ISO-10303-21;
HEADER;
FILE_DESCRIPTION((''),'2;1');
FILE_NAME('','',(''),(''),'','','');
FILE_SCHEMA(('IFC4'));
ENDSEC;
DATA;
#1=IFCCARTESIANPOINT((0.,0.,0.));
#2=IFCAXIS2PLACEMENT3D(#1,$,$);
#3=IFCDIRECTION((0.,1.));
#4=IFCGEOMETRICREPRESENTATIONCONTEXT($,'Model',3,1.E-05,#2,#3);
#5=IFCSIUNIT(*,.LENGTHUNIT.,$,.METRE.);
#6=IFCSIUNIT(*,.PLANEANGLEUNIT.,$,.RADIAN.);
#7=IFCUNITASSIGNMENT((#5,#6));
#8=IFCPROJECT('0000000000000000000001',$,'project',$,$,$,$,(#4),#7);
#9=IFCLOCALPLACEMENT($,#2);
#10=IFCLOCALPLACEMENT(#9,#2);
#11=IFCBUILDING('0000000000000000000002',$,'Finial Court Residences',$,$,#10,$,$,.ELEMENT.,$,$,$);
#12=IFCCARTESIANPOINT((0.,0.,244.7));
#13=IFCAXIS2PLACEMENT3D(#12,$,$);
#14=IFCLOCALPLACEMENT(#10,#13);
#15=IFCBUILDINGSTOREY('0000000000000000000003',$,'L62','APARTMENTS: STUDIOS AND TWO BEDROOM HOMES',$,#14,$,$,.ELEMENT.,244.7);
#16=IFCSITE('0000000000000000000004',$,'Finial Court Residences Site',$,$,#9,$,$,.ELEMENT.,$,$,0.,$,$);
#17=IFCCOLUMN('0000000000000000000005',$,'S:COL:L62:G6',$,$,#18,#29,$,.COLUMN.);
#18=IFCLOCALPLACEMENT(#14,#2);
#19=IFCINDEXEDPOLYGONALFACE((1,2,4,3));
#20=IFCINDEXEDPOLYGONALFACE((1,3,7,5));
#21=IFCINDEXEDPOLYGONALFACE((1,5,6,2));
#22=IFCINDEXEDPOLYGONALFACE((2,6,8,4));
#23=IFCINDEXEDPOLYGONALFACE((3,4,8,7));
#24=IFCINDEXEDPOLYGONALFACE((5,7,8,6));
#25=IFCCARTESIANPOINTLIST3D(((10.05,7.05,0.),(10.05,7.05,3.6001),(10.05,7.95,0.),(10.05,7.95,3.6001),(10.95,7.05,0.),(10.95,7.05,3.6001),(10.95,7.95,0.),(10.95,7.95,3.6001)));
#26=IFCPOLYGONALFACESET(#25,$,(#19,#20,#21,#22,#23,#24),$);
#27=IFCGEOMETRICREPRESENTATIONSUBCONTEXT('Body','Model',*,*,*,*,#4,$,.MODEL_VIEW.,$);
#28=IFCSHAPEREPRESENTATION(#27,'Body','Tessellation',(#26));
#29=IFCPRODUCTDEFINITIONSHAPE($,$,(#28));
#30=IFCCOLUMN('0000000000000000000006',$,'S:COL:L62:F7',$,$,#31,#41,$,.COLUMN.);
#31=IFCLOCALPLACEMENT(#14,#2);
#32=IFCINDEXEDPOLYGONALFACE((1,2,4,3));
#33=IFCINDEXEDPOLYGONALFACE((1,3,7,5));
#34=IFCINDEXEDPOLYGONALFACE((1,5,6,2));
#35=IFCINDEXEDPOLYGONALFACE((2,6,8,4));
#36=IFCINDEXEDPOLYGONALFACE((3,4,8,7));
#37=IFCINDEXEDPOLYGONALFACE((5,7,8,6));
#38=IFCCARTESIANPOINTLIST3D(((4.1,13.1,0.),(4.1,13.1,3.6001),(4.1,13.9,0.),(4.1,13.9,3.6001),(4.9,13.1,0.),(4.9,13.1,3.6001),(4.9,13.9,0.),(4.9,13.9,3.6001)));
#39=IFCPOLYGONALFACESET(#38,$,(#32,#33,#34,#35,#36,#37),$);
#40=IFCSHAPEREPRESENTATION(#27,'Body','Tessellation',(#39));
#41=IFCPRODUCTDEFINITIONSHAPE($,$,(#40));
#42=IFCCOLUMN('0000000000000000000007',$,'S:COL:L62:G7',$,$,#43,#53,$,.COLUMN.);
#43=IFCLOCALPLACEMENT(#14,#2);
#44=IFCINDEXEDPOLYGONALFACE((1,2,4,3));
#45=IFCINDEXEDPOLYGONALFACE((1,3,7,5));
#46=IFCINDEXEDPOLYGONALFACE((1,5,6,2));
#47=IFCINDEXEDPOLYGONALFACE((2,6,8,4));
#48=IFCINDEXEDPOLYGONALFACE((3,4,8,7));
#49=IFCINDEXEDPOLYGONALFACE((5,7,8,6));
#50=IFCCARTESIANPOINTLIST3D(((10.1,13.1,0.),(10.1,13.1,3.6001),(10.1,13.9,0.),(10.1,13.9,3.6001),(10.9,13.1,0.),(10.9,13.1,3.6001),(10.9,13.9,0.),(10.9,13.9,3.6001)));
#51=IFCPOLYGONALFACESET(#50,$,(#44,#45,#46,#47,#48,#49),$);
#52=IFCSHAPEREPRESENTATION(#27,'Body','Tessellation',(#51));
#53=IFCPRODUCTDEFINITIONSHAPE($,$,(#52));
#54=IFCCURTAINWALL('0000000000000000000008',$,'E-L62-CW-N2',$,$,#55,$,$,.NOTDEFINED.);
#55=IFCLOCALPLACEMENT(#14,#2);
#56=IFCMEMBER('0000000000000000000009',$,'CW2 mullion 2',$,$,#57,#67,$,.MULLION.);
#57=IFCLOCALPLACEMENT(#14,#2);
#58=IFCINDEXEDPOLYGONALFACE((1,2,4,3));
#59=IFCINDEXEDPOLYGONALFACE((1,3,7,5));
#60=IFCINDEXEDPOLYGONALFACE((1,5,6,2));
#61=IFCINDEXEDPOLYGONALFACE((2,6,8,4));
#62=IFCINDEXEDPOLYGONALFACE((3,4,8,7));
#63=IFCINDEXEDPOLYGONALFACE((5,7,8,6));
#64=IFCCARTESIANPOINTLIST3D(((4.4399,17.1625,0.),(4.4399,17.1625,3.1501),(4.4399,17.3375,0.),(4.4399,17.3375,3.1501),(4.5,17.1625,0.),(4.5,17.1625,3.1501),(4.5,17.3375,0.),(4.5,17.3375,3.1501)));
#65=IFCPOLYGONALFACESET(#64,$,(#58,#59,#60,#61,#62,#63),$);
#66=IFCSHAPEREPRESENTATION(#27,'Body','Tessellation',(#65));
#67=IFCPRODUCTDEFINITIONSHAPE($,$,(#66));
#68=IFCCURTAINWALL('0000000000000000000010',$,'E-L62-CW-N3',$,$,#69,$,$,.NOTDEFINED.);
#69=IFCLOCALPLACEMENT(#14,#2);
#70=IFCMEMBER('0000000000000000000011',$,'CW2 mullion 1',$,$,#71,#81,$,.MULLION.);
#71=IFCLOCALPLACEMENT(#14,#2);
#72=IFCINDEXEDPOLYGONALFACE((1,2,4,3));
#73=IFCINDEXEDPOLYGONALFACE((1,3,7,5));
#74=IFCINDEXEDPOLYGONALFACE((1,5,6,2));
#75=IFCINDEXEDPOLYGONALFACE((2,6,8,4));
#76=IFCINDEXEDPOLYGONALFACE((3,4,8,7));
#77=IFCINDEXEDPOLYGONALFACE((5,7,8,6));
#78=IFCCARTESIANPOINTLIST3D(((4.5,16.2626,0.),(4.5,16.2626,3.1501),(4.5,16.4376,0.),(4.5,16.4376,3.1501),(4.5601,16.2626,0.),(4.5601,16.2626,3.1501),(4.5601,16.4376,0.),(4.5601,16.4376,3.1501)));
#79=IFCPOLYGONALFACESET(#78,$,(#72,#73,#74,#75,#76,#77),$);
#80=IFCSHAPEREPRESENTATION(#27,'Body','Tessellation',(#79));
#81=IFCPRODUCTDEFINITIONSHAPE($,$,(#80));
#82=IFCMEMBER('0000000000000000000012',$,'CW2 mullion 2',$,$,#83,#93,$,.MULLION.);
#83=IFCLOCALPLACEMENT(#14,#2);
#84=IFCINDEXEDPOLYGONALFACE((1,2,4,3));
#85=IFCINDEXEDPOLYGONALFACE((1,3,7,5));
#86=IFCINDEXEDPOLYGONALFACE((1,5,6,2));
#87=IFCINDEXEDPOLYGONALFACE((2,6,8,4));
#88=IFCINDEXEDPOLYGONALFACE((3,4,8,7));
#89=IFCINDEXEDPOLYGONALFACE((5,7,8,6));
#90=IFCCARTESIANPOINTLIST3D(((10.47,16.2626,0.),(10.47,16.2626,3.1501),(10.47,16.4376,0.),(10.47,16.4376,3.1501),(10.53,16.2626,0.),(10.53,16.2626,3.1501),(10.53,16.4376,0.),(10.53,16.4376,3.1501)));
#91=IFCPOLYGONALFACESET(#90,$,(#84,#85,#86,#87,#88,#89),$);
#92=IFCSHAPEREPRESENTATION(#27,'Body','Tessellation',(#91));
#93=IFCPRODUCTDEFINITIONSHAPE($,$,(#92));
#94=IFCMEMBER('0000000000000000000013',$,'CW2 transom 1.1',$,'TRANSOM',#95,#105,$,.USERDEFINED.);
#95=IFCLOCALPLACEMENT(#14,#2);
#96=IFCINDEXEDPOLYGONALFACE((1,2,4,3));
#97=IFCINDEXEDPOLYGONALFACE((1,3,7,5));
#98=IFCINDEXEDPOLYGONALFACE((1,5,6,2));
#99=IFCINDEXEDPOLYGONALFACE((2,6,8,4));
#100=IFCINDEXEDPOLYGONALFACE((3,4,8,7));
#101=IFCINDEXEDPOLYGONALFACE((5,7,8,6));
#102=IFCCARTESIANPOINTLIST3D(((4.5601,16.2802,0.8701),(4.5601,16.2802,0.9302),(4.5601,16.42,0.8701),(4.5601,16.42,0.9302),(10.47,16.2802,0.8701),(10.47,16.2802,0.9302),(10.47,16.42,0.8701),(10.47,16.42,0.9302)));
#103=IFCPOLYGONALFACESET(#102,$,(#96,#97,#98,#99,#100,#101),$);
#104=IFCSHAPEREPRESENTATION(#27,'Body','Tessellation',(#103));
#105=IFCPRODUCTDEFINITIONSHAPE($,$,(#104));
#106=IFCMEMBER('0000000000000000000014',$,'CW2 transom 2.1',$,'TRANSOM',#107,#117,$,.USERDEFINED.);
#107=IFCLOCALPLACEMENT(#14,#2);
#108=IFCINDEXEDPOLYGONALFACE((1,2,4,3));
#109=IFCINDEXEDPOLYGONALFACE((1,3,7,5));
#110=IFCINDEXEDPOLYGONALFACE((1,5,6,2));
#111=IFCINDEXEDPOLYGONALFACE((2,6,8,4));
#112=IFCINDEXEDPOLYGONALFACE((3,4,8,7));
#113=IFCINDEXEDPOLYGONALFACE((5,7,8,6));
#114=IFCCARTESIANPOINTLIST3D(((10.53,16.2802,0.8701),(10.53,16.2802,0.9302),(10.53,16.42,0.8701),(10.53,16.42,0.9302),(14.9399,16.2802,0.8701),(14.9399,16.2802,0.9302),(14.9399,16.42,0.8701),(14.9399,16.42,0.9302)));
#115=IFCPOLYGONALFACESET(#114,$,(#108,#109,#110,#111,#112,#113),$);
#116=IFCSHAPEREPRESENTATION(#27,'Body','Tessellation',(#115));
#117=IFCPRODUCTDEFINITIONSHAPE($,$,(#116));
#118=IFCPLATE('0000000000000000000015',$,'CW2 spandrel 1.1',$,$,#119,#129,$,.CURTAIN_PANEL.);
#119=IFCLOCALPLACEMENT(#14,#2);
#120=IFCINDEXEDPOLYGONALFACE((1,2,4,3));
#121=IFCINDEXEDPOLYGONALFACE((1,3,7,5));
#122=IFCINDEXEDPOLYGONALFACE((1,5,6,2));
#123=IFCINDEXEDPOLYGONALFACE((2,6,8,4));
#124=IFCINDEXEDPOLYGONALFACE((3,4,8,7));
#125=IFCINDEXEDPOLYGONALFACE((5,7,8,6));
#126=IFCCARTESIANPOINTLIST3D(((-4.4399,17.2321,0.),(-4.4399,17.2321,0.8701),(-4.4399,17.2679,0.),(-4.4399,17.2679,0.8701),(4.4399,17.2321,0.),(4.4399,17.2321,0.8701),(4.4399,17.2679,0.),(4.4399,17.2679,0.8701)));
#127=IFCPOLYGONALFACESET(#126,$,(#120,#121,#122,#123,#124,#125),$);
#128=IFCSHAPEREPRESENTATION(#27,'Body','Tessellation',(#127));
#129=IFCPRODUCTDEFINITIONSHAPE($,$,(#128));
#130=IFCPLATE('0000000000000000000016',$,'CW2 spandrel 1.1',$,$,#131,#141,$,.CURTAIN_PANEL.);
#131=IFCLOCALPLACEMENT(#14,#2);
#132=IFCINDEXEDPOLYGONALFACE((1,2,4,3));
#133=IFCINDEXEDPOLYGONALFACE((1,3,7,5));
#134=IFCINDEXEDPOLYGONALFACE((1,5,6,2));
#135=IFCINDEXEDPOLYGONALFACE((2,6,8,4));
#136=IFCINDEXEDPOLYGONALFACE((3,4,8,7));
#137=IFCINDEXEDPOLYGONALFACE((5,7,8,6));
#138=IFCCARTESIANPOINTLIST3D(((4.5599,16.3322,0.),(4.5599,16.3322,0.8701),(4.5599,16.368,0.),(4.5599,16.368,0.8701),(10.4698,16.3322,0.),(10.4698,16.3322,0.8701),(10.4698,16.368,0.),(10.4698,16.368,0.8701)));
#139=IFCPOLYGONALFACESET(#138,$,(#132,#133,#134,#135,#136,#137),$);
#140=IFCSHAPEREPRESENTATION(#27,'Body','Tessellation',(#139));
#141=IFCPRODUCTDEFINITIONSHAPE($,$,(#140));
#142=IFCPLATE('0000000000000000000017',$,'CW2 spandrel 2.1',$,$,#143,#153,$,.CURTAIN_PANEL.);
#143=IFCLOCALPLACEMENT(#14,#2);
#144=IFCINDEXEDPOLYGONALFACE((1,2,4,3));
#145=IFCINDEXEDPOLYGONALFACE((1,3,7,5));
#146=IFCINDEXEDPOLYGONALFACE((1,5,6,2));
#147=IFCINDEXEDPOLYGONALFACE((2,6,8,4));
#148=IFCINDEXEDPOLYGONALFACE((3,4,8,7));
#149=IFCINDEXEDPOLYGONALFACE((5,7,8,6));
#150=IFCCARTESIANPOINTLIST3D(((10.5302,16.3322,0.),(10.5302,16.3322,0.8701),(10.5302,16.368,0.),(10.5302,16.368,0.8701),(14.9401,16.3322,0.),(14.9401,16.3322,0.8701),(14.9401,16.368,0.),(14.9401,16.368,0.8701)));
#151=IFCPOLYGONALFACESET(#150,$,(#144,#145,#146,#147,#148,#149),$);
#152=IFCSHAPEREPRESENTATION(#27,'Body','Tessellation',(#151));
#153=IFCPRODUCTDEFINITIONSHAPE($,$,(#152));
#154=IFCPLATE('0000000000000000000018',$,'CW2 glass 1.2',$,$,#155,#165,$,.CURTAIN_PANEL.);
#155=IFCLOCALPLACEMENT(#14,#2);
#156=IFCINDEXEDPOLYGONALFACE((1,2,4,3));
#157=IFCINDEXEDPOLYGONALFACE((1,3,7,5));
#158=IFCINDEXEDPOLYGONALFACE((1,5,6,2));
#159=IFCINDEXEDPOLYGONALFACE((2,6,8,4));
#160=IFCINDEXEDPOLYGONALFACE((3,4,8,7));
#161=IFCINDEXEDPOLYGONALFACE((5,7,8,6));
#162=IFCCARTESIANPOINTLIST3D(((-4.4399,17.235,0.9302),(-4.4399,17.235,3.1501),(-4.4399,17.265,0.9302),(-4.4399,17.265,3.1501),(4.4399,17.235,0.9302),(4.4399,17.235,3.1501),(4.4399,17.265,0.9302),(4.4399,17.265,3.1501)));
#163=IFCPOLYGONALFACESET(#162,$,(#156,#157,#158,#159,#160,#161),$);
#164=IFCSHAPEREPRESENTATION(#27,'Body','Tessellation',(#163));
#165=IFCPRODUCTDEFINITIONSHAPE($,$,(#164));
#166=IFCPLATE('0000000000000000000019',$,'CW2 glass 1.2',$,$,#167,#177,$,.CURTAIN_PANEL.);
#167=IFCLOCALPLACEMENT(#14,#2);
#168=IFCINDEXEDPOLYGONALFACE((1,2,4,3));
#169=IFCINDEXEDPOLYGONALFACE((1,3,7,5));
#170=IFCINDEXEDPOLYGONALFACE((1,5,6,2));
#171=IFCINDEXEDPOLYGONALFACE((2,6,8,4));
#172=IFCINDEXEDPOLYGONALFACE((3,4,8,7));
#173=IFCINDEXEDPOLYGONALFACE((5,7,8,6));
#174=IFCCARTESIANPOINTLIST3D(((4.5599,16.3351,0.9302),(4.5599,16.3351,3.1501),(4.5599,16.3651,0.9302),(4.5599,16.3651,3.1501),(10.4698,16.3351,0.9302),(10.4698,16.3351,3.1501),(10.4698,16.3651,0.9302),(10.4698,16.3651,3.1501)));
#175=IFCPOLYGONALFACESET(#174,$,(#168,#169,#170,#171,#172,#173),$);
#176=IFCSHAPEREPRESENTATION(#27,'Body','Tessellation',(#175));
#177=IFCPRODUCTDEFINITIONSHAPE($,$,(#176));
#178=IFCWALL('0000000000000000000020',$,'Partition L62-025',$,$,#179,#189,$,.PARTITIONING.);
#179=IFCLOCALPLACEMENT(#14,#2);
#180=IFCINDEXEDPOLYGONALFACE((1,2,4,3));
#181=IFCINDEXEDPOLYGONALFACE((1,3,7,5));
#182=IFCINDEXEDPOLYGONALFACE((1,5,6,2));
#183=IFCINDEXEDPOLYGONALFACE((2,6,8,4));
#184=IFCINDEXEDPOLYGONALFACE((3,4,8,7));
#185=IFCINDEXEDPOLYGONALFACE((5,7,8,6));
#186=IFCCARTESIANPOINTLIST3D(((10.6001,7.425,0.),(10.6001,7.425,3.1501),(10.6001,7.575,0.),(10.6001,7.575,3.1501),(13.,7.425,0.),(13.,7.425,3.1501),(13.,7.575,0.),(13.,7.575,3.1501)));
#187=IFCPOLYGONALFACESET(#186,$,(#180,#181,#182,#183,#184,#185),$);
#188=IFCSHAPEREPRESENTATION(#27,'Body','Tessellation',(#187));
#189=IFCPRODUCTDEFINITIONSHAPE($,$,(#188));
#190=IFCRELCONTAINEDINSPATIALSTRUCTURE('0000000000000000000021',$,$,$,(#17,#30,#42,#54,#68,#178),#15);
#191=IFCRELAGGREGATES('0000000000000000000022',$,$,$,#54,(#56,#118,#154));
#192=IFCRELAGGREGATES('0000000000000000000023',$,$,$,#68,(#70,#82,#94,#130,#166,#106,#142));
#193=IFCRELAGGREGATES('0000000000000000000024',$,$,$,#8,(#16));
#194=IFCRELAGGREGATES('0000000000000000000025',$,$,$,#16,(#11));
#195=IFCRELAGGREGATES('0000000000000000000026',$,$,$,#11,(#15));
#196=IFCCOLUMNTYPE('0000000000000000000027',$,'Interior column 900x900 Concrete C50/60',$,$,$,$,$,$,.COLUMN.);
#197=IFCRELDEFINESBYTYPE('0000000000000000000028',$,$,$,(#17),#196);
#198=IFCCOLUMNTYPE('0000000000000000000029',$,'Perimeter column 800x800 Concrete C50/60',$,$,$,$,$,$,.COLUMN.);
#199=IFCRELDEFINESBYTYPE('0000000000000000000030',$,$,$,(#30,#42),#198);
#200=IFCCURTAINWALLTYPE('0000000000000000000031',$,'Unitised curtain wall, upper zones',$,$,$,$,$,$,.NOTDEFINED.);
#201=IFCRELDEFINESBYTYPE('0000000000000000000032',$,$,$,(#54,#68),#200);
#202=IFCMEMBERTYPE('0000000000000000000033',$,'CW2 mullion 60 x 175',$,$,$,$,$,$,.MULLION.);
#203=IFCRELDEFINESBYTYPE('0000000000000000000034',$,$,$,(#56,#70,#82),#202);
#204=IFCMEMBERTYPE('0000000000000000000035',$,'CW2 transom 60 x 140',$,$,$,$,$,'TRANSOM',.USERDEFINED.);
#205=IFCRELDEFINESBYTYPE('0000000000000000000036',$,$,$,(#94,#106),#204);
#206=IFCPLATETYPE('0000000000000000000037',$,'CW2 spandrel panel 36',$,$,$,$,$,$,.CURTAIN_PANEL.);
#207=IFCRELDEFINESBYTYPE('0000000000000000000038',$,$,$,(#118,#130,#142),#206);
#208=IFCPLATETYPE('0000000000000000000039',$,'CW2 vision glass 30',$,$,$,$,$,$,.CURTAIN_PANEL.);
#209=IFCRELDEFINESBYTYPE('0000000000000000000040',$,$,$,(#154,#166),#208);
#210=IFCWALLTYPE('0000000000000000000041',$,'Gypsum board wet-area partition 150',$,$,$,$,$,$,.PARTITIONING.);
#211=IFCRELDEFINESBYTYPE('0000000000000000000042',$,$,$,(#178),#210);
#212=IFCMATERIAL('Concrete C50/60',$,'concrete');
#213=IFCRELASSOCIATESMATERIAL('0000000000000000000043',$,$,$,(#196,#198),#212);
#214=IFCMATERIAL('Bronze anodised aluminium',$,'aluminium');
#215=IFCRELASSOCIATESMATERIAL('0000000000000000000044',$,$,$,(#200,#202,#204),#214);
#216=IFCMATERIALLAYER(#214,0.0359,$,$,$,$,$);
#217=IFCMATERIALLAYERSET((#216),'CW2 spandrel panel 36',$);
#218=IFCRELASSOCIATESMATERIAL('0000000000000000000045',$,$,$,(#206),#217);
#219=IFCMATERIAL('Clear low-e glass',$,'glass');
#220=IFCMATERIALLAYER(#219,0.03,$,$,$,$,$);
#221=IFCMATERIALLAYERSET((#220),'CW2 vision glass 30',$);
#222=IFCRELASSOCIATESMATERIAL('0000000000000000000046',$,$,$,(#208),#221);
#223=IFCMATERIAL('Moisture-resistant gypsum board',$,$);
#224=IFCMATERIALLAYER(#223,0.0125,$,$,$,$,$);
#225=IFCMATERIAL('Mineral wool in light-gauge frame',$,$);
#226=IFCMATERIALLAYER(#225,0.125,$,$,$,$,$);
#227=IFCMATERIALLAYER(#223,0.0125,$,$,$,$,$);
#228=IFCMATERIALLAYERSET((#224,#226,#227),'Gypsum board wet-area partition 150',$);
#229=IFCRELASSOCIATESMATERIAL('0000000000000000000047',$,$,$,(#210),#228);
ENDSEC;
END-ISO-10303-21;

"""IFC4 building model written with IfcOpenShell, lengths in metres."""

from ifc_helpers import new_model, si_unit, direction, frame, frame_2d, origin, origin_2d, place, context, subcontext, project, spatial, rectangle, extrude, material, layer, layer_set, material_profile, profile_set, type_object, element, aggregate, save


model = new_model("IFC4")

# Units and contexts
model_context = context("Model", 3, precision=1e-05, world=origin(), true_north=direction((0.0, 1.0)))
body_context = subcontext(model_context, "Body", "Model", "MODEL_VIEW")
ifc_project = project(units=[si_unit("LENGTHUNIT", "METRE"), si_unit("PLANEANGLEUNIT", "RADIAN")], contexts=[model_context])

# Site, building, storey
site_placement = place(None, origin())
site = spatial("IfcSite", under=ifc_project, at=site_placement, Name="Finial Court Residences Site", CompositionType="ELEMENT", RefElevation=0.0)
building_placement = place(site_placement, origin())
building = spatial("IfcBuilding", under=site, at=building_placement, Name="Finial Court Residences", CompositionType="ELEMENT")
storey_placement = place(building_placement, frame((0.0, 0.0, 244.7)))
storey = spatial("IfcBuildingStorey", under=building, at=storey_placement, Name="L62", Description="APARTMENTS: STUDIOS AND TWO BEDROOM HOMES", CompositionType="ELEMENT", Elevation=244.7)

# Columns
ifc_material_1 = material(Name="Concrete C50/60", Category="concrete")
ifc_material_profile_1 = material_profile(ifc_material_1, rectangle(XDim=0.8999, YDim=0.8999, at=origin_2d()), Name="900x900")
ifc_profile_set_1 = profile_set([ifc_material_profile_1], Name="Concrete C50/60")
column_type_1 = type_object("IfcColumnType", Name="Interior column 900x900 Concrete C50/60", PredefinedType="COLUMN", material=ifc_profile_set_1)
column_placement = place(storey_placement, frame((10.5, 7.5, 0.0), z_axis=(0.0, 0.0, 1.0), x_axis=(1.0, 0.0, 0.0)))
element("IfcColumn", 1, at=column_placement, inside=storey, type_object=column_type_1, Name="S:COL:L62:G6", PredefinedType="COLUMN", context=body_context, shape_type="SweptSolid", body=[
    extrude(rectangle(XDim=0.8999, YDim=0.8999, at=origin_2d()), origin(), (0.0, 0.0, 1.0), 3.6001),
])
ifc_material_profile_2 = material_profile(ifc_material_1, rectangle(XDim=0.8, YDim=0.8, at=origin_2d()), Name="800x800")
ifc_profile_set_2 = profile_set([ifc_material_profile_2], Name="Concrete C50/60")
column_type_2 = type_object("IfcColumnType", Name="Perimeter column 800x800 Concrete C50/60", PredefinedType="COLUMN", material=ifc_profile_set_2)
for number, where, z_axis, x_axis, name in (
    (2, (4.5, 13.5, 0.0), (0.0, 0.0, 1.0), (1.0, 0.0, 0.0), "S:COL:L62:F7"),
    (3, (10.5, 13.5, 0.0), (0.0, 0.0, 1.0), (1.0, 0.0, 0.0), "S:COL:L62:G7"),
):
    element("IfcColumn", number, at=place(storey_placement, frame(where, z_axis=z_axis, x_axis=x_axis)), inside=storey, type_object=column_type_2, Name=name, PredefinedType="COLUMN", context=body_context, shape_type="SweptSolid", body=[
        extrude(rectangle(XDim=0.8, YDim=0.8, at=origin_2d()), origin(), (0.0, 0.0, 1.0), 3.6001),
    ])

# Curtain wall, member
ifc_material_2 = material(Name="Bronze anodised aluminium", Category="aluminium")
curtain_wall_type = type_object("IfcCurtainWallType", Name="Unitised curtain wall, upper zones", PredefinedType="NOTDEFINED", material=ifc_material_2)
curtain_wall_1_placement = place(storey_placement, origin())
curtain_wall_1 = element("IfcCurtainWall", 4, at=curtain_wall_1_placement, inside=storey, type_object=curtain_wall_type, Name="E-L62-CW-N2", PredefinedType="NOTDEFINED")
ifc_material_profile_3 = material_profile(ifc_material_2, rectangle(XDim=0.175, YDim=0.0601, at=origin_2d()), Name="CW2 mullion 60 x 175")
ifc_profile_set_3 = profile_set([ifc_material_profile_3], Name="Bronze anodised aluminium")
member_type_1 = type_object("IfcMemberType", Name="CW2 mullion 60 x 175", PredefinedType="MULLION", material=ifc_profile_set_3)
member_1_placement = place(storey_placement, frame((4.47, 17.25, 0.0), z_axis=(0.0, 0.0, 1.0), x_axis=(0.0, 1.0, 0.0)))
member_1 = element("IfcMember", 5, at=member_1_placement, type_object=member_type_1, Name="CW2 mullion 2", PredefinedType="MULLION", context=body_context, shape_type="SweptSolid", body=[
    extrude(rectangle(XDim=0.175, YDim=0.0601, at=origin_2d()), origin(), (0.0, 0.0, 1.0), 3.1501),
])

# Curtain wall, members
curtain_wall_2_placement = place(storey_placement, origin())
curtain_wall_2 = element("IfcCurtainWall", 6, at=curtain_wall_2_placement, inside=storey, type_object=curtain_wall_type, Name="E-L62-CW-N3", PredefinedType="NOTDEFINED")
member_2_placement = place(storey_placement, frame((4.53, 16.3501, 0.0), z_axis=(0.0, 0.0, 1.0), x_axis=(0.0, 1.0, 0.0)))
member_2 = element("IfcMember", 7, at=member_2_placement, type_object=member_type_1, Name="CW2 mullion 1", PredefinedType="MULLION", context=body_context, shape_type="SweptSolid", body=[
    extrude(rectangle(XDim=0.175, YDim=0.0601, at=origin_2d()), origin(), (0.0, 0.0, 1.0), 3.1501),
])
member_3_placement = place(storey_placement, frame((10.5, 16.3501, 0.0), z_axis=(0.0, 0.0, 1.0), x_axis=(0.0, 1.0, 0.0)))
member_3 = element("IfcMember", 8, at=member_3_placement, type_object=member_type_1, Name="CW2 mullion 2", PredefinedType="MULLION", context=body_context, shape_type="SweptSolid", body=[
    extrude(rectangle(XDim=0.175, YDim=0.0601, at=origin_2d()), origin(), (0.0, 0.0, 1.0), 3.1501),
])
ifc_material_profile_4 = material_profile(ifc_material_2, rectangle(XDim=0.1399, YDim=0.0601, at=origin_2d()), Name="CW2 transom 60 x 140")
ifc_profile_set_4 = profile_set([ifc_material_profile_4], Name="Bronze anodised aluminium")
member_type_2 = type_object("IfcMemberType", Name="CW2 transom 60 x 140", ElementType="TRANSOM", PredefinedType="USERDEFINED", material=ifc_profile_set_4)
member_4_placement = place(storey_placement, frame((4.5601, 16.3501, 0.9001), z_axis=(1.0, 0.0, 0.0), x_axis=(0.0, 1.0, 0.0)))
member_4 = element("IfcMember", 9, at=member_4_placement, type_object=member_type_2, Name="CW2 transom 1.1", ObjectType="TRANSOM", PredefinedType="USERDEFINED", context=body_context, shape_type="SweptSolid", body=[
    extrude(rectangle(XDim=0.1399, YDim=0.0601, at=origin_2d()), origin(), (0.0, 0.0, 1.0), 5.9099),
])
member_5_placement = place(storey_placement, frame((10.53, 16.3501, 0.9001), z_axis=(1.0, 0.0, 0.0), x_axis=(0.0, 1.0, 0.0)))
member_5 = element("IfcMember", 10, at=member_5_placement, type_object=member_type_2, Name="CW2 transom 2.1", ObjectType="TRANSOM", PredefinedType="USERDEFINED", context=body_context, shape_type="SweptSolid", body=[
    extrude(rectangle(XDim=0.1399, YDim=0.0601, at=origin_2d()), origin(), (0.0, 0.0, 1.0), 4.4099),
])

# Plates
ifc_layer_1 = layer(ifc_material_2, 0.0359)
ifc_layer_set_1 = layer_set([ifc_layer_1], Name="CW2 spandrel panel 36")
plate_type_1 = type_object("IfcPlateType", Name="CW2 spandrel panel 36", PredefinedType="CURTAIN_PANEL", material=ifc_layer_set_1)
plate_1_placement = place(storey_placement, frame((0.0, 17.25, 0.0), z_axis=(0.0, 0.0, 1.0), x_axis=(1.0, 0.0, 0.0)))
plate_1 = element("IfcPlate", 11, at=plate_1_placement, type_object=plate_type_1, Name="CW2 spandrel 1.1", PredefinedType="CURTAIN_PANEL", context=body_context, shape_type="SweptSolid", body=[
    extrude(rectangle(XDim=8.8799, YDim=0.0359, at=origin_2d()), origin(), (0.0, 0.0, 1.0), 0.8701),
])
plate_2_placement = place(storey_placement, frame((7.5149, 16.3501, 0.0), z_axis=(0.0, 0.0, 1.0), x_axis=(1.0, 0.0, 0.0)))
plate_2 = element("IfcPlate", 12, at=plate_2_placement, type_object=plate_type_1, Name="CW2 spandrel 1.1", PredefinedType="CURTAIN_PANEL", context=body_context, shape_type="SweptSolid", body=[
    extrude(rectangle(XDim=5.9099, YDim=0.0359, at=origin_2d()), origin(), (0.0, 0.0, 1.0), 0.8701),
])
plate_3_placement = place(storey_placement, frame((12.7351, 16.3501, 0.0), z_axis=(0.0, 0.0, 1.0), x_axis=(1.0, 0.0, 0.0)))
plate_3 = element("IfcPlate", 13, at=plate_3_placement, type_object=plate_type_1, Name="CW2 spandrel 2.1", PredefinedType="CURTAIN_PANEL", context=body_context, shape_type="SweptSolid", body=[
    extrude(rectangle(XDim=4.4099, YDim=0.0359, at=origin_2d()), origin(), (0.0, 0.0, 1.0), 0.8701),
])
ifc_material_3 = material(Name="Clear low-e glass", Category="glass")
ifc_layer_2 = layer(ifc_material_3, 0.03)
ifc_layer_set_2 = layer_set([ifc_layer_2], Name="CW2 vision glass 30")
plate_type_2 = type_object("IfcPlateType", Name="CW2 vision glass 30", PredefinedType="CURTAIN_PANEL", material=ifc_layer_set_2)
plate_4_placement = place(storey_placement, frame((0.0, 17.25, 0.9302), z_axis=(0.0, 0.0, 1.0), x_axis=(1.0, 0.0, 0.0)))
plate_4 = element("IfcPlate", 14, at=plate_4_placement, type_object=plate_type_2, Name="CW2 glass 1.2", PredefinedType="CURTAIN_PANEL", context=body_context, shape_type="SweptSolid", body=[
    extrude(rectangle(XDim=8.8799, YDim=0.03, at=origin_2d()), origin(), (0.0, 0.0, 1.0), 2.22),
])
aggregate(curtain_wall_1, [member_1, plate_1, plate_4])
plate_5_placement = place(storey_placement, frame((7.5149, 16.3501, 0.9302), z_axis=(0.0, 0.0, 1.0), x_axis=(1.0, 0.0, 0.0)))
plate_5 = element("IfcPlate", 15, at=plate_5_placement, type_object=plate_type_2, Name="CW2 glass 1.2", PredefinedType="CURTAIN_PANEL", context=body_context, shape_type="SweptSolid", body=[
    extrude(rectangle(XDim=5.9099, YDim=0.03, at=origin_2d()), origin(), (0.0, 0.0, 1.0), 2.22),
])
aggregate(curtain_wall_2, [member_2, member_3, member_4, plate_2, plate_5, member_5, plate_3])

# Wall
ifc_material_4 = material(Name="Moisture-resistant gypsum board")
ifc_layer_3 = layer(ifc_material_4, 0.0125)
ifc_material_5 = material(Name="Mineral wool in light-gauge frame")
ifc_layer_4 = layer(ifc_material_5, 0.125)
ifc_layer_5 = layer(ifc_material_4, 0.0125)
ifc_layer_set_3 = layer_set([ifc_layer_3, ifc_layer_4, ifc_layer_5], Name="Gypsum board wet-area partition 150")
wall_type = type_object("IfcWallType", Name="Gypsum board wet-area partition 150", PredefinedType="PARTITIONING", material=ifc_layer_set_3)
wall_placement = place(storey_placement, frame((10.6001, 7.5, 0.0), z_axis=(0.0, 0.0, 1.0), x_axis=(1.0, 0.0, 0.0)))
element("IfcWall", 16, at=wall_placement, inside=storey, type_object=wall_type, Name="Partition L62-025", PredefinedType="PARTITIONING", context=body_context, shape_type="SweptSolid", body=[
    extrude(rectangle(XDim=2.3999, YDim=0.1499, at=frame_2d((1.2, 0.0))), origin(), (0.0, 0.0, 1.0), 3.1501),
])

save(model, "model.ifc")
